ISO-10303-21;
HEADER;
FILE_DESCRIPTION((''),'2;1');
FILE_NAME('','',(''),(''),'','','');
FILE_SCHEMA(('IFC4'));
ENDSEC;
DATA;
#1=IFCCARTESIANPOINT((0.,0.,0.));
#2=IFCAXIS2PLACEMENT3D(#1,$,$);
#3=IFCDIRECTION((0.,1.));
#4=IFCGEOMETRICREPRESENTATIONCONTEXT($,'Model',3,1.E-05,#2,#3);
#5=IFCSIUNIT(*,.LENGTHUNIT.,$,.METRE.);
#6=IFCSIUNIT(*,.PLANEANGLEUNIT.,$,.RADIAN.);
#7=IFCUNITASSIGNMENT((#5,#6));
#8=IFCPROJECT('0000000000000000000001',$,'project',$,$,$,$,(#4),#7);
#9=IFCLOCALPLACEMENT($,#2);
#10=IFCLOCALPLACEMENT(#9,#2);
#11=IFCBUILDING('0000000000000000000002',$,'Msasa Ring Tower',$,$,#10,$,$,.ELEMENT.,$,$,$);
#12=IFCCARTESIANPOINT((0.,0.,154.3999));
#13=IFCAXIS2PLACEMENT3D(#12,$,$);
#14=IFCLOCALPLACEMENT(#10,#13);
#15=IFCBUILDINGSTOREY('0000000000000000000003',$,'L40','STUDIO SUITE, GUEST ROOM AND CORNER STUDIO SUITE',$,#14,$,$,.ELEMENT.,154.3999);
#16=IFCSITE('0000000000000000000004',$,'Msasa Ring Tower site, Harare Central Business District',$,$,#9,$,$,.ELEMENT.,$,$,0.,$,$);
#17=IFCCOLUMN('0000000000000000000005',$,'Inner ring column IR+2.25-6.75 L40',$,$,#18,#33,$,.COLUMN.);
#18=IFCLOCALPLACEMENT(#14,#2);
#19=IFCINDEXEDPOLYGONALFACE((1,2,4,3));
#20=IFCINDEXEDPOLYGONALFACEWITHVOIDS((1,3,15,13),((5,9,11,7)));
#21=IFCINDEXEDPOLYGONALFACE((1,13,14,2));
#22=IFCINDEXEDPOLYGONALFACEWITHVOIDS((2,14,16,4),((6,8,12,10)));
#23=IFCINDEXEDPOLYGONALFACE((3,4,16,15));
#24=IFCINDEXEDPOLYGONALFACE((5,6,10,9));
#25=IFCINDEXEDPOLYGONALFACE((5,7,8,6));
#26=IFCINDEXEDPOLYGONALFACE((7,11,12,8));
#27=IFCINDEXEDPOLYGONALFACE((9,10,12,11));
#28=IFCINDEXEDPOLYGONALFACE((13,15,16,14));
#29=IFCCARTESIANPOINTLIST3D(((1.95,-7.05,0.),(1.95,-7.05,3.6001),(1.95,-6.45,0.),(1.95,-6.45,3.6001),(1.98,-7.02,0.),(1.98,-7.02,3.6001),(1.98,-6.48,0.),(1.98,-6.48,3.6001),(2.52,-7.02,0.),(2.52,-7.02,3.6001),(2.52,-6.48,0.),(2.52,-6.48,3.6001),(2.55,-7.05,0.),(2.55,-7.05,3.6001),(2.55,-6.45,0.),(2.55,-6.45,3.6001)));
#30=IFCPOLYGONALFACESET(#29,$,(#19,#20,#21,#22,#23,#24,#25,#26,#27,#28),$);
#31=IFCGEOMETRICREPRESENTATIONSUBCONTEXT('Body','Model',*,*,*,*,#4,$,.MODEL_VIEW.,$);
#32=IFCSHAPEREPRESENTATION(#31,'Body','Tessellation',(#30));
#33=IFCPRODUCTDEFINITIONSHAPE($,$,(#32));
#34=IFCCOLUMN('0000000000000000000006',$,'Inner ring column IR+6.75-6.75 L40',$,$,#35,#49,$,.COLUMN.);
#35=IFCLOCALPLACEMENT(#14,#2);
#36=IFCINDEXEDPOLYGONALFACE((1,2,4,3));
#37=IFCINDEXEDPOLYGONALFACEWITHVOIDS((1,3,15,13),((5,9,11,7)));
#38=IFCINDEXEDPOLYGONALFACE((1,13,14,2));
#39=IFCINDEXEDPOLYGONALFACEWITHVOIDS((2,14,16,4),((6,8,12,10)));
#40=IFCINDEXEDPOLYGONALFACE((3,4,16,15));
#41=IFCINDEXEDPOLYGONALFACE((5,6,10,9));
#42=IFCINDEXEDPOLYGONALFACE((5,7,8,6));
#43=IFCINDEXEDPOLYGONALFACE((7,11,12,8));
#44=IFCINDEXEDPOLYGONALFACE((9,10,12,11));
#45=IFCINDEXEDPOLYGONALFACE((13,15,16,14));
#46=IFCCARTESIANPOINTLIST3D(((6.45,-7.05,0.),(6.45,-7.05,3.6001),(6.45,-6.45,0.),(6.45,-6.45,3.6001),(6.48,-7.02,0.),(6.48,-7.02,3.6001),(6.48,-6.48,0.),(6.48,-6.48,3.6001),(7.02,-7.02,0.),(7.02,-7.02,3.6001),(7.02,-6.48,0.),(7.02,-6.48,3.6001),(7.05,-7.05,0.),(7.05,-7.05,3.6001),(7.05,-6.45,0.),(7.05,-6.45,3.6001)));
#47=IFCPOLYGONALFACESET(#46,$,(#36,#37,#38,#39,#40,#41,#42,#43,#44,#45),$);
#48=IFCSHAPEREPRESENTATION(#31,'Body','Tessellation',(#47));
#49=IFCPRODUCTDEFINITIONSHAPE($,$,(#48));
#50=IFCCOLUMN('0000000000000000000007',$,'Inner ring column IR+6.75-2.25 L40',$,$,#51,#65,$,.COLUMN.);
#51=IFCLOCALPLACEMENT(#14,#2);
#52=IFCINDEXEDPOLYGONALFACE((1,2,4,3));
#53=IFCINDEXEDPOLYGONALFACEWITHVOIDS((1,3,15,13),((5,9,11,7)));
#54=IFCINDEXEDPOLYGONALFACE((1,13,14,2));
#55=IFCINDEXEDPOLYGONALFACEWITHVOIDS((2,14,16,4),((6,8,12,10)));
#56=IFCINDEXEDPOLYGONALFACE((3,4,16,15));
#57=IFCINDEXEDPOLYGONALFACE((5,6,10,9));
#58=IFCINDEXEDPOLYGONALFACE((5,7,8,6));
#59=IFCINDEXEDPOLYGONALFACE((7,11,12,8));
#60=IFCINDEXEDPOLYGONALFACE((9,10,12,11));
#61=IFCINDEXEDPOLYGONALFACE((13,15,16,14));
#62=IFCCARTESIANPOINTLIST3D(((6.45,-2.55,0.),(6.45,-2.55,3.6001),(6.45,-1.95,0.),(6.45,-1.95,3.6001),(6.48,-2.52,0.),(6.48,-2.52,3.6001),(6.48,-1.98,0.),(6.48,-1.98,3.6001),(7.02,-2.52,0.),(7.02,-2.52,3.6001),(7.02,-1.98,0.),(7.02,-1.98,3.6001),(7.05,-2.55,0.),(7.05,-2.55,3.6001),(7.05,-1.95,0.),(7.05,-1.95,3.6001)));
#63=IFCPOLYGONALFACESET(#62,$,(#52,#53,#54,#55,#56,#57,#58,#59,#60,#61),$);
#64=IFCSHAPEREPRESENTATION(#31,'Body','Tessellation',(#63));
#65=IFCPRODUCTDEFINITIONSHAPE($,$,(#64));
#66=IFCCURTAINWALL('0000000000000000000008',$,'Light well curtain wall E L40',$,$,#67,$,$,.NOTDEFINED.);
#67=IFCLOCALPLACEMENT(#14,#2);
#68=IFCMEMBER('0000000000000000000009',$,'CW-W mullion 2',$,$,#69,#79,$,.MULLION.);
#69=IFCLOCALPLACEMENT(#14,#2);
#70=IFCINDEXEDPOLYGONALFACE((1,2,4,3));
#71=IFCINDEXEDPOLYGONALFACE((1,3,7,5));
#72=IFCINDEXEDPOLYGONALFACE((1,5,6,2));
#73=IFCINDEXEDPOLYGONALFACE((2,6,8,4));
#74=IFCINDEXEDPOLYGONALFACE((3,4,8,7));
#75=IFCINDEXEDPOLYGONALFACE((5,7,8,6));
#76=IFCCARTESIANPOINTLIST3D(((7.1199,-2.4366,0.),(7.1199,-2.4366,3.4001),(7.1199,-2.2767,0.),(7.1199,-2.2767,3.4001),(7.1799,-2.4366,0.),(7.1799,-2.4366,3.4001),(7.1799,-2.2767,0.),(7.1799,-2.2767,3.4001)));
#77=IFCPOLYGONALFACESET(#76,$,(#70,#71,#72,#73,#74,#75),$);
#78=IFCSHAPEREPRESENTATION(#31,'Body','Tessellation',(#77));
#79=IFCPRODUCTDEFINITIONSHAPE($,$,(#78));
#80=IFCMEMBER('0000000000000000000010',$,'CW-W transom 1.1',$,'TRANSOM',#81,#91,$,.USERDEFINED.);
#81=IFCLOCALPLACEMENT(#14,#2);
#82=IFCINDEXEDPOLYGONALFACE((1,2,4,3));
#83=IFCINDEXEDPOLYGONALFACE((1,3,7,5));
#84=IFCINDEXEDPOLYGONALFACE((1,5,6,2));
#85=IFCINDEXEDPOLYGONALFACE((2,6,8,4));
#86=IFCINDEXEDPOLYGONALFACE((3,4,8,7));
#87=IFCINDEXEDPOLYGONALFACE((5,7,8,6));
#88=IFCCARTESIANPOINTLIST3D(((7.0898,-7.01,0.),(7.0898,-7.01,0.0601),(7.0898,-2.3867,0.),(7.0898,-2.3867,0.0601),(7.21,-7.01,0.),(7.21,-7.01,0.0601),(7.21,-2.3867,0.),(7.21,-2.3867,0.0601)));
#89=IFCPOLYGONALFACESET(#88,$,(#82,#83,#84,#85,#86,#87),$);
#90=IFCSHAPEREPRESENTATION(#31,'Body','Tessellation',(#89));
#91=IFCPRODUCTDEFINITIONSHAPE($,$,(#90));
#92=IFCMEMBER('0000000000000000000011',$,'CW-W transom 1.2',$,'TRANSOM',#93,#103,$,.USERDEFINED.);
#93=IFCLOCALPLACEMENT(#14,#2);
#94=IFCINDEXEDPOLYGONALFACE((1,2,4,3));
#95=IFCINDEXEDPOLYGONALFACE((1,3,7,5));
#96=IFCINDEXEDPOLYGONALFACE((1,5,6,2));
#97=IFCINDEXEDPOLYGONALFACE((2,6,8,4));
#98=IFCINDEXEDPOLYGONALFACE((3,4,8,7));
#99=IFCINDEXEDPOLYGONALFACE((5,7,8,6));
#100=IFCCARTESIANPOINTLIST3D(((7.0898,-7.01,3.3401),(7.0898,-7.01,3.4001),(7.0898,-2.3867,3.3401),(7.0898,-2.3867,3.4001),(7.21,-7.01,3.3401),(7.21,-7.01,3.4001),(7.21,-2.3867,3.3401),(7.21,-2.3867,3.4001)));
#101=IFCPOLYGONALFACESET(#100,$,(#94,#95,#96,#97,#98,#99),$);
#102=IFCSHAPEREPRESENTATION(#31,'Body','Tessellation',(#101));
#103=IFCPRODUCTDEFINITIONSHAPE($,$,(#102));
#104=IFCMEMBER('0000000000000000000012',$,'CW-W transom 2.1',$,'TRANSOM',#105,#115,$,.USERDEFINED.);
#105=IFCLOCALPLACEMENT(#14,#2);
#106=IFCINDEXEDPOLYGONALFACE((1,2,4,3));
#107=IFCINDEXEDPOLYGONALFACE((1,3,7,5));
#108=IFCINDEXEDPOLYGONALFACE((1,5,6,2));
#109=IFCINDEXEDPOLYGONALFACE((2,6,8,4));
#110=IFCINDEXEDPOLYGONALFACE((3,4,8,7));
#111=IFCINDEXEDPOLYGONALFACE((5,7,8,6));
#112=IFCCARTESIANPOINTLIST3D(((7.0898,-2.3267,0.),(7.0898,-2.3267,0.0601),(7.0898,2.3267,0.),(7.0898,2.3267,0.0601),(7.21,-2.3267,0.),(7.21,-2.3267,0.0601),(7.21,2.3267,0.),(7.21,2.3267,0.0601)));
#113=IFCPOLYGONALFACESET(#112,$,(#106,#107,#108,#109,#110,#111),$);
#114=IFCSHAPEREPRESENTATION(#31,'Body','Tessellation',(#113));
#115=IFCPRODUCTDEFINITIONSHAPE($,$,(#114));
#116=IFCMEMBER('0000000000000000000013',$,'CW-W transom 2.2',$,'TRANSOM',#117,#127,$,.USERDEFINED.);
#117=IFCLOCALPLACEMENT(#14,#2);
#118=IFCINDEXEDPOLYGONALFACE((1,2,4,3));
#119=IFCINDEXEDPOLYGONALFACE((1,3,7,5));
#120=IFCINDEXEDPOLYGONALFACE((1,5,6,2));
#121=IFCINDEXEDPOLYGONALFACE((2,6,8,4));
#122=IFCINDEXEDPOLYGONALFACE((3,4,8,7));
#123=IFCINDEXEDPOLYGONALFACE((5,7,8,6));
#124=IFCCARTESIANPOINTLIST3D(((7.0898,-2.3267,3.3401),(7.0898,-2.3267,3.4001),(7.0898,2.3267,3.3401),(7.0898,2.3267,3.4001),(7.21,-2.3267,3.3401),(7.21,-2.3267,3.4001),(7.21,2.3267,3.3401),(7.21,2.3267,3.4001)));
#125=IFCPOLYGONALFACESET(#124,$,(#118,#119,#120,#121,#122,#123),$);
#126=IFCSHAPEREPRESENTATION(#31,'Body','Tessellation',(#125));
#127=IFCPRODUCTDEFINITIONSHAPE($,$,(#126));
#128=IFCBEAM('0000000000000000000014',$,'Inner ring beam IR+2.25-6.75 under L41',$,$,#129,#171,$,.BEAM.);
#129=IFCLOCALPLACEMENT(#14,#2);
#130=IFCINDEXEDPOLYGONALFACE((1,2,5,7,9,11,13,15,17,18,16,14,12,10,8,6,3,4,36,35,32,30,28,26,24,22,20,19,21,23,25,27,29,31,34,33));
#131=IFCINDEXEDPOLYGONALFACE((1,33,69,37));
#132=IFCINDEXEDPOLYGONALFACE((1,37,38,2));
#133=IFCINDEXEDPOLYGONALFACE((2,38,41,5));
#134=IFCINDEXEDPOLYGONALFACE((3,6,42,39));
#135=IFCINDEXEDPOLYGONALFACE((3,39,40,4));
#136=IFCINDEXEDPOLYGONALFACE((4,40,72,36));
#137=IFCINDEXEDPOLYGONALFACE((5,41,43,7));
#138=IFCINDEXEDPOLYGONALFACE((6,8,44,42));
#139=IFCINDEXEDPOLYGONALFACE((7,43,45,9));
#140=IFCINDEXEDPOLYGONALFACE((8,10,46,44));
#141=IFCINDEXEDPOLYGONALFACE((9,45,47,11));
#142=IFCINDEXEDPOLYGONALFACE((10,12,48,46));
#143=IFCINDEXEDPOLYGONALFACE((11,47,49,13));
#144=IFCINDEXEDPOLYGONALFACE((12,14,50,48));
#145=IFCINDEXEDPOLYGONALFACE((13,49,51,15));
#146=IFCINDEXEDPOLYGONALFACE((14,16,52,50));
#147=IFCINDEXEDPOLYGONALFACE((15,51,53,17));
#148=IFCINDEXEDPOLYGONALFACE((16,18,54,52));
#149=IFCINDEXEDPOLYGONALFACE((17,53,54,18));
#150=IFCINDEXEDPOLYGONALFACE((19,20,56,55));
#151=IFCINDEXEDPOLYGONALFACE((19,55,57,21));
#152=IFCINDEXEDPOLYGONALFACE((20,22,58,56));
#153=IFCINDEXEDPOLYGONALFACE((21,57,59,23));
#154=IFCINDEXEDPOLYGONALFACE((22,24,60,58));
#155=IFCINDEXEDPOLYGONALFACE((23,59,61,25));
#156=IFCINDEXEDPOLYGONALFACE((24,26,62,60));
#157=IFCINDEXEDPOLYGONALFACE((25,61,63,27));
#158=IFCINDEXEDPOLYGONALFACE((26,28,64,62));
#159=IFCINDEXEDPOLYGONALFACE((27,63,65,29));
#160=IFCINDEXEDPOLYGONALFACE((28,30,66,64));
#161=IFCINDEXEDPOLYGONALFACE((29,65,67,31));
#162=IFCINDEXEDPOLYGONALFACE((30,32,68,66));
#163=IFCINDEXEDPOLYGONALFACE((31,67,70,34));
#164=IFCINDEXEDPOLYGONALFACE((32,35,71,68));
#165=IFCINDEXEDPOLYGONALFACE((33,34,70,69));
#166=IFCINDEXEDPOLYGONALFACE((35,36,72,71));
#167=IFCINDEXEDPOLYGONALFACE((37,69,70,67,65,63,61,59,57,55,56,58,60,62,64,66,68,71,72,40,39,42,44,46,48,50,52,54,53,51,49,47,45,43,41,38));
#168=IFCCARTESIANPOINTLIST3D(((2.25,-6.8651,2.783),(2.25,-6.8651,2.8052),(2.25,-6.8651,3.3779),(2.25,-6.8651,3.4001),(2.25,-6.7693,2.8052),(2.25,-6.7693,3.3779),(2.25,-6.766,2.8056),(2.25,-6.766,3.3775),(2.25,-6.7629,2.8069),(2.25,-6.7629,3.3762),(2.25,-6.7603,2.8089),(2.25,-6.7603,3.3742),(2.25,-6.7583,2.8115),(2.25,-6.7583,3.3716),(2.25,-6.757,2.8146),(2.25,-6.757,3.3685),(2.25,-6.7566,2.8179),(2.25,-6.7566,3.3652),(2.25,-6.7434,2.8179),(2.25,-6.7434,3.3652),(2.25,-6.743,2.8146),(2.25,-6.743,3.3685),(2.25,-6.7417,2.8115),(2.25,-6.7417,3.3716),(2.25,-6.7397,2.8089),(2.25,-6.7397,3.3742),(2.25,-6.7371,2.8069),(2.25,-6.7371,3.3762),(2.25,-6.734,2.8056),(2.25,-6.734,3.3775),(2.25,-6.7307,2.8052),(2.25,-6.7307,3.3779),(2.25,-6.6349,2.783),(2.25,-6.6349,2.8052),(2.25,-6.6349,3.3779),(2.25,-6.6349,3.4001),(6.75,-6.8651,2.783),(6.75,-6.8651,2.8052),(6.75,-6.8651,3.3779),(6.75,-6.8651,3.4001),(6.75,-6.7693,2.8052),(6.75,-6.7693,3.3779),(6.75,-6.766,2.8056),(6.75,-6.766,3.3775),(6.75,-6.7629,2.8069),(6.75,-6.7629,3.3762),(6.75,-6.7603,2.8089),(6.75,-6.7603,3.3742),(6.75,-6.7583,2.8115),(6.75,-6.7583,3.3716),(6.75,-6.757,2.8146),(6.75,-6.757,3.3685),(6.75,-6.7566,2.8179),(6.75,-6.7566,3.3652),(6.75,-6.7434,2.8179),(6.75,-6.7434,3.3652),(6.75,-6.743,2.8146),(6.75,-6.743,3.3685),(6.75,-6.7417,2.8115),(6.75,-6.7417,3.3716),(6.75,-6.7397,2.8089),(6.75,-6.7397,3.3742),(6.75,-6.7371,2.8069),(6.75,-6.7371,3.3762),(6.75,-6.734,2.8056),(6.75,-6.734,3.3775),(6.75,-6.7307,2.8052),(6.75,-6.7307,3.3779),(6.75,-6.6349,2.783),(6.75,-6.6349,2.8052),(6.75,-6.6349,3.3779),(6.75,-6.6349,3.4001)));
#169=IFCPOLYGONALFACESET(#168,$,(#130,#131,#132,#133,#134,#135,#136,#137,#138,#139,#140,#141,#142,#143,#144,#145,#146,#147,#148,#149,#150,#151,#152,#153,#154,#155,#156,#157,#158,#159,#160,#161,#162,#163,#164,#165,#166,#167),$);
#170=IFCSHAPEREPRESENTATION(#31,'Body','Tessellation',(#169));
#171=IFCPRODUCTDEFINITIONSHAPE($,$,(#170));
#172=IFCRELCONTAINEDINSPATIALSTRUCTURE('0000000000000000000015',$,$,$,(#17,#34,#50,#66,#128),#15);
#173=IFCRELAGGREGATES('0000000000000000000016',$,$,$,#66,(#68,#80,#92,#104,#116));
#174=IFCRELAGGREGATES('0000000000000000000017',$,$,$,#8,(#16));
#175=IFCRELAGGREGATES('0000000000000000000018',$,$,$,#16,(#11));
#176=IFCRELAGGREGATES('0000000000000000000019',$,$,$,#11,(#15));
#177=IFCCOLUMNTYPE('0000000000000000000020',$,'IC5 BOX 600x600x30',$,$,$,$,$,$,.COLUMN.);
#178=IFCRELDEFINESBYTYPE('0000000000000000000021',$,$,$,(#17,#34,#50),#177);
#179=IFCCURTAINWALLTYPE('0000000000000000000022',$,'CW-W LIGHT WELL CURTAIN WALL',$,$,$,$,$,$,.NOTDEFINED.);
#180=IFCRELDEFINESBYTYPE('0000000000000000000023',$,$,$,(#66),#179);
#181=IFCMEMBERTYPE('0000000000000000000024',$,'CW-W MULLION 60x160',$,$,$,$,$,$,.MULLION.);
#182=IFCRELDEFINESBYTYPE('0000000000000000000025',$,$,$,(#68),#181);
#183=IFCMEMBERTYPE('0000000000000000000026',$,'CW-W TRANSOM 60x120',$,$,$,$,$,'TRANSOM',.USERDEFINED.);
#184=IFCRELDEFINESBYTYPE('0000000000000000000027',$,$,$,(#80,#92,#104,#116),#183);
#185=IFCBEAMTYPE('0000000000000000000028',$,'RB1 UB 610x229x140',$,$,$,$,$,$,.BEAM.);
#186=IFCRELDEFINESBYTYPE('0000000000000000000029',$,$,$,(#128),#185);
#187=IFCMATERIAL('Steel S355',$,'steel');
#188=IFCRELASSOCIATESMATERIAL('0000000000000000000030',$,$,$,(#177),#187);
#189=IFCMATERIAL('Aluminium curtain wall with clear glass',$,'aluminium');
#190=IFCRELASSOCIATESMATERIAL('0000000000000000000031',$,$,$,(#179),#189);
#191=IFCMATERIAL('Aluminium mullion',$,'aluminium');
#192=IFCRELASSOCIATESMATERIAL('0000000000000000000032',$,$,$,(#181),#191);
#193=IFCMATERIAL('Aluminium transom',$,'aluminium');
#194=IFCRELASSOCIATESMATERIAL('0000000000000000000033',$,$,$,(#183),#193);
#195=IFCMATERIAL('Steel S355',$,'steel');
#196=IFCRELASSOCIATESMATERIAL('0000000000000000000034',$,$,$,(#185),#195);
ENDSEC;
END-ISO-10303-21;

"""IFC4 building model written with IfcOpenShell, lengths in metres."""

from ifc_helpers import new_model, si_unit, direction, frame, origin, origin_2d, place, context, subcontext, project, spatial, rectangle, hollow_rectangle, i_section, extrude, material, material_profile, profile_set, type_object, element, aggregate, save


model = new_model("IFC4")

# Units and contexts
model_context = context("Model", 3, precision=1e-05, world=origin(), true_north=direction((0.0, 1.0)))
body_context = subcontext(model_context, "Body", "Model", "MODEL_VIEW")
ifc_project = project(units=[si_unit("LENGTHUNIT", "METRE"), si_unit("PLANEANGLEUNIT", "RADIAN")], contexts=[model_context])

# Site, building, storey
site_placement = place(None, origin())
site = spatial("IfcSite", under=ifc_project, at=site_placement, Name="Msasa Ring Tower site, Harare Central Business District", CompositionType="ELEMENT", RefElevation=0.0)
building_placement = place(site_placement, origin())
building = spatial("IfcBuilding", under=site, at=building_placement, Name="Msasa Ring Tower", CompositionType="ELEMENT")
storey_placement = place(building_placement, frame((0.0, 0.0, 154.3999)))
storey = spatial("IfcBuildingStorey", under=building, at=storey_placement, Name="L40", Description="STUDIO SUITE, GUEST ROOM AND CORNER STUDIO SUITE", CompositionType="ELEMENT", Elevation=154.3999)

# Columns
ifc_material_1 = material(Name="Steel S355", Category="steel")
ifc_material_profile_1 = material_profile(ifc_material_1, hollow_rectangle(XDim=0.6001, YDim=0.6001, WallThickness=0.03, at=origin_2d()), Name="BOX 600x600x30")
ifc_profile_set_1 = profile_set([ifc_material_profile_1], Name="Steel S355")
column_type = type_object("IfcColumnType", Name="IC5 BOX 600x600x30", PredefinedType="COLUMN", material=ifc_profile_set_1)
for number, where, z_axis, x_axis, name in (
    (1, (2.25, -6.75, 0.0), (0.0, 0.0, 1.0), (1.0, 0.0, 0.0), "Inner ring column IR+2.25-6.75 L40"),
    (2, (6.75, -6.75, 0.0), (0.0, 0.0, 1.0), (1.0, 0.0, 0.0), "Inner ring column IR+6.75-6.75 L40"),
    (3, (6.75, -2.25, 0.0), (0.0, 0.0, 1.0), (1.0, 0.0, 0.0), "Inner ring column IR+6.75-2.25 L40"),
):
    element("IfcColumn", number, at=place(storey_placement, frame(where, z_axis=z_axis, x_axis=x_axis)), inside=storey, type_object=column_type, Name=name, PredefinedType="COLUMN", context=body_context, shape_type="SweptSolid", body=[
        extrude(hollow_rectangle(XDim=0.6001, YDim=0.6001, WallThickness=0.03, at=origin_2d()), origin(), (0.0, 0.0, 1.0), 3.6001),
    ])

# Curtain wall, members
ifc_material_2 = material(Name="Aluminium curtain wall with clear glass", Category="aluminium")
curtain_wall_type = type_object("IfcCurtainWallType", Name="CW-W LIGHT WELL CURTAIN WALL", PredefinedType="NOTDEFINED", material=ifc_material_2)
curtain_wall_placement = place(storey_placement, origin())
curtain_wall = element("IfcCurtainWall", 4, at=curtain_wall_placement, inside=storey, type_object=curtain_wall_type, Name="Light well curtain wall E L40", PredefinedType="NOTDEFINED")
ifc_material_3 = material(Name="Aluminium mullion", Category="aluminium")
ifc_material_profile_2 = material_profile(ifc_material_3, rectangle(XDim=0.0601, YDim=0.1599, at=origin_2d()), Name="AL 60x160")
ifc_profile_set_2 = profile_set([ifc_material_profile_2], Name="Aluminium mullion")
member_type_1 = type_object("IfcMemberType", Name="CW-W MULLION 60x160", PredefinedType="MULLION", material=ifc_profile_set_2)
member_1_placement = place(storey_placement, frame((7.1499, -2.3567, 0.0), z_axis=(0.0, 0.0, 1.0), x_axis=(-1.0, 0.0, 0.0)))
member_1 = element("IfcMember", 5, at=member_1_placement, type_object=member_type_1, Name="CW-W mullion 2", PredefinedType="MULLION", context=body_context, shape_type="SweptSolid", body=[
    extrude(rectangle(XDim=0.0601, YDim=0.1599, at=origin_2d()), origin(), (0.0, 0.0, 1.0), 3.4001),
])
ifc_material_4 = material(Name="Aluminium transom", Category="aluminium")
ifc_material_profile_3 = material_profile(ifc_material_4, rectangle(XDim=0.1201, YDim=0.0601, at=origin_2d()), Name="AL 60x120")
ifc_profile_set_3 = profile_set([ifc_material_profile_3], Name="Aluminium transom")
member_type_2 = type_object("IfcMemberType", Name="CW-W TRANSOM 60x120", ElementType="TRANSOM", PredefinedType="USERDEFINED", material=ifc_profile_set_3)
member_2_placement = place(storey_placement, frame((7.1499, -7.01, 0.03), z_axis=(0.0, 1.0, 0.0), x_axis=(-1.0, 0.0, 0.0)))
member_2 = element("IfcMember", 6, at=member_2_placement, type_object=member_type_2, Name="CW-W transom 1.1", ObjectType="TRANSOM", PredefinedType="USERDEFINED", context=body_context, shape_type="SweptSolid", body=[
    extrude(rectangle(XDim=0.1201, YDim=0.0601, at=origin_2d()), origin(), (0.0, 0.0, 1.0), 4.6233),
])
member_3_placement = place(storey_placement, frame((7.1499, -7.01, 3.3701), z_axis=(0.0, 1.0, 0.0), x_axis=(-1.0, 0.0, 0.0)))
member_3 = element("IfcMember", 7, at=member_3_placement, type_object=member_type_2, Name="CW-W transom 1.2", ObjectType="TRANSOM", PredefinedType="USERDEFINED", context=body_context, shape_type="SweptSolid", body=[
    extrude(rectangle(XDim=0.1201, YDim=0.0601, at=origin_2d()), origin(), (0.0, 0.0, 1.0), 4.6233),
])
member_4_placement = place(storey_placement, frame((7.1499, -2.3267, 0.03), z_axis=(0.0, 1.0, 0.0), x_axis=(-1.0, 0.0, 0.0)))
member_4 = element("IfcMember", 8, at=member_4_placement, type_object=member_type_2, Name="CW-W transom 2.1", ObjectType="TRANSOM", PredefinedType="USERDEFINED", context=body_context, shape_type="SweptSolid", body=[
    extrude(rectangle(XDim=0.1201, YDim=0.0601, at=origin_2d()), origin(), (0.0, 0.0, 1.0), 4.6533),
])
member_5_placement = place(storey_placement, frame((7.1499, -2.3267, 3.3701), z_axis=(0.0, 1.0, 0.0), x_axis=(-1.0, 0.0, 0.0)))
member_5 = element("IfcMember", 9, at=member_5_placement, type_object=member_type_2, Name="CW-W transom 2.2", ObjectType="TRANSOM", PredefinedType="USERDEFINED", context=body_context, shape_type="SweptSolid", body=[
    extrude(rectangle(XDim=0.1201, YDim=0.0601, at=origin_2d()), origin(), (0.0, 0.0, 1.0), 4.6533),
])

# Beam
ifc_material_5 = material(Name="Steel S355", Category="steel")
ifc_material_profile_4 = material_profile(ifc_material_5, i_section(OverallWidth=0.2302, OverallDepth=0.6172, WebThickness=0.0132, FlangeThickness=0.0222, FilletRadius=0.0127, at=origin_2d()), Name="UB 610x229x140")
ifc_profile_set_4 = profile_set([ifc_material_profile_4], Name="Steel S355")
beam_type = type_object("IfcBeamType", Name="RB1 UB 610x229x140", PredefinedType="BEAM", material=ifc_profile_set_4)
for number, where, z_axis, x_axis, name in (
    (10, (2.25, -6.75, 3.0916), (1.0, 0.0, 0.0), (0.0, 1.0, 0.0), "Inner ring beam IR+2.25-6.75 under L41"),
):
    element("IfcBeam", number, at=place(storey_placement, frame(where, z_axis=z_axis, x_axis=x_axis)), inside=storey, type_object=beam_type, Name=name, PredefinedType="BEAM", context=body_context, shape_type="SweptSolid", body=[
        extrude(i_section(OverallWidth=0.2302, OverallDepth=0.6172, WebThickness=0.0132, FlangeThickness=0.0222, FilletRadius=0.0127, at=origin_2d()), origin(), (0.0, 0.0, 1.0), 4.5),
    ])

aggregate(curtain_wall, [member_1, member_2, member_3, member_4, member_5])

save(model, "model.ifc")
